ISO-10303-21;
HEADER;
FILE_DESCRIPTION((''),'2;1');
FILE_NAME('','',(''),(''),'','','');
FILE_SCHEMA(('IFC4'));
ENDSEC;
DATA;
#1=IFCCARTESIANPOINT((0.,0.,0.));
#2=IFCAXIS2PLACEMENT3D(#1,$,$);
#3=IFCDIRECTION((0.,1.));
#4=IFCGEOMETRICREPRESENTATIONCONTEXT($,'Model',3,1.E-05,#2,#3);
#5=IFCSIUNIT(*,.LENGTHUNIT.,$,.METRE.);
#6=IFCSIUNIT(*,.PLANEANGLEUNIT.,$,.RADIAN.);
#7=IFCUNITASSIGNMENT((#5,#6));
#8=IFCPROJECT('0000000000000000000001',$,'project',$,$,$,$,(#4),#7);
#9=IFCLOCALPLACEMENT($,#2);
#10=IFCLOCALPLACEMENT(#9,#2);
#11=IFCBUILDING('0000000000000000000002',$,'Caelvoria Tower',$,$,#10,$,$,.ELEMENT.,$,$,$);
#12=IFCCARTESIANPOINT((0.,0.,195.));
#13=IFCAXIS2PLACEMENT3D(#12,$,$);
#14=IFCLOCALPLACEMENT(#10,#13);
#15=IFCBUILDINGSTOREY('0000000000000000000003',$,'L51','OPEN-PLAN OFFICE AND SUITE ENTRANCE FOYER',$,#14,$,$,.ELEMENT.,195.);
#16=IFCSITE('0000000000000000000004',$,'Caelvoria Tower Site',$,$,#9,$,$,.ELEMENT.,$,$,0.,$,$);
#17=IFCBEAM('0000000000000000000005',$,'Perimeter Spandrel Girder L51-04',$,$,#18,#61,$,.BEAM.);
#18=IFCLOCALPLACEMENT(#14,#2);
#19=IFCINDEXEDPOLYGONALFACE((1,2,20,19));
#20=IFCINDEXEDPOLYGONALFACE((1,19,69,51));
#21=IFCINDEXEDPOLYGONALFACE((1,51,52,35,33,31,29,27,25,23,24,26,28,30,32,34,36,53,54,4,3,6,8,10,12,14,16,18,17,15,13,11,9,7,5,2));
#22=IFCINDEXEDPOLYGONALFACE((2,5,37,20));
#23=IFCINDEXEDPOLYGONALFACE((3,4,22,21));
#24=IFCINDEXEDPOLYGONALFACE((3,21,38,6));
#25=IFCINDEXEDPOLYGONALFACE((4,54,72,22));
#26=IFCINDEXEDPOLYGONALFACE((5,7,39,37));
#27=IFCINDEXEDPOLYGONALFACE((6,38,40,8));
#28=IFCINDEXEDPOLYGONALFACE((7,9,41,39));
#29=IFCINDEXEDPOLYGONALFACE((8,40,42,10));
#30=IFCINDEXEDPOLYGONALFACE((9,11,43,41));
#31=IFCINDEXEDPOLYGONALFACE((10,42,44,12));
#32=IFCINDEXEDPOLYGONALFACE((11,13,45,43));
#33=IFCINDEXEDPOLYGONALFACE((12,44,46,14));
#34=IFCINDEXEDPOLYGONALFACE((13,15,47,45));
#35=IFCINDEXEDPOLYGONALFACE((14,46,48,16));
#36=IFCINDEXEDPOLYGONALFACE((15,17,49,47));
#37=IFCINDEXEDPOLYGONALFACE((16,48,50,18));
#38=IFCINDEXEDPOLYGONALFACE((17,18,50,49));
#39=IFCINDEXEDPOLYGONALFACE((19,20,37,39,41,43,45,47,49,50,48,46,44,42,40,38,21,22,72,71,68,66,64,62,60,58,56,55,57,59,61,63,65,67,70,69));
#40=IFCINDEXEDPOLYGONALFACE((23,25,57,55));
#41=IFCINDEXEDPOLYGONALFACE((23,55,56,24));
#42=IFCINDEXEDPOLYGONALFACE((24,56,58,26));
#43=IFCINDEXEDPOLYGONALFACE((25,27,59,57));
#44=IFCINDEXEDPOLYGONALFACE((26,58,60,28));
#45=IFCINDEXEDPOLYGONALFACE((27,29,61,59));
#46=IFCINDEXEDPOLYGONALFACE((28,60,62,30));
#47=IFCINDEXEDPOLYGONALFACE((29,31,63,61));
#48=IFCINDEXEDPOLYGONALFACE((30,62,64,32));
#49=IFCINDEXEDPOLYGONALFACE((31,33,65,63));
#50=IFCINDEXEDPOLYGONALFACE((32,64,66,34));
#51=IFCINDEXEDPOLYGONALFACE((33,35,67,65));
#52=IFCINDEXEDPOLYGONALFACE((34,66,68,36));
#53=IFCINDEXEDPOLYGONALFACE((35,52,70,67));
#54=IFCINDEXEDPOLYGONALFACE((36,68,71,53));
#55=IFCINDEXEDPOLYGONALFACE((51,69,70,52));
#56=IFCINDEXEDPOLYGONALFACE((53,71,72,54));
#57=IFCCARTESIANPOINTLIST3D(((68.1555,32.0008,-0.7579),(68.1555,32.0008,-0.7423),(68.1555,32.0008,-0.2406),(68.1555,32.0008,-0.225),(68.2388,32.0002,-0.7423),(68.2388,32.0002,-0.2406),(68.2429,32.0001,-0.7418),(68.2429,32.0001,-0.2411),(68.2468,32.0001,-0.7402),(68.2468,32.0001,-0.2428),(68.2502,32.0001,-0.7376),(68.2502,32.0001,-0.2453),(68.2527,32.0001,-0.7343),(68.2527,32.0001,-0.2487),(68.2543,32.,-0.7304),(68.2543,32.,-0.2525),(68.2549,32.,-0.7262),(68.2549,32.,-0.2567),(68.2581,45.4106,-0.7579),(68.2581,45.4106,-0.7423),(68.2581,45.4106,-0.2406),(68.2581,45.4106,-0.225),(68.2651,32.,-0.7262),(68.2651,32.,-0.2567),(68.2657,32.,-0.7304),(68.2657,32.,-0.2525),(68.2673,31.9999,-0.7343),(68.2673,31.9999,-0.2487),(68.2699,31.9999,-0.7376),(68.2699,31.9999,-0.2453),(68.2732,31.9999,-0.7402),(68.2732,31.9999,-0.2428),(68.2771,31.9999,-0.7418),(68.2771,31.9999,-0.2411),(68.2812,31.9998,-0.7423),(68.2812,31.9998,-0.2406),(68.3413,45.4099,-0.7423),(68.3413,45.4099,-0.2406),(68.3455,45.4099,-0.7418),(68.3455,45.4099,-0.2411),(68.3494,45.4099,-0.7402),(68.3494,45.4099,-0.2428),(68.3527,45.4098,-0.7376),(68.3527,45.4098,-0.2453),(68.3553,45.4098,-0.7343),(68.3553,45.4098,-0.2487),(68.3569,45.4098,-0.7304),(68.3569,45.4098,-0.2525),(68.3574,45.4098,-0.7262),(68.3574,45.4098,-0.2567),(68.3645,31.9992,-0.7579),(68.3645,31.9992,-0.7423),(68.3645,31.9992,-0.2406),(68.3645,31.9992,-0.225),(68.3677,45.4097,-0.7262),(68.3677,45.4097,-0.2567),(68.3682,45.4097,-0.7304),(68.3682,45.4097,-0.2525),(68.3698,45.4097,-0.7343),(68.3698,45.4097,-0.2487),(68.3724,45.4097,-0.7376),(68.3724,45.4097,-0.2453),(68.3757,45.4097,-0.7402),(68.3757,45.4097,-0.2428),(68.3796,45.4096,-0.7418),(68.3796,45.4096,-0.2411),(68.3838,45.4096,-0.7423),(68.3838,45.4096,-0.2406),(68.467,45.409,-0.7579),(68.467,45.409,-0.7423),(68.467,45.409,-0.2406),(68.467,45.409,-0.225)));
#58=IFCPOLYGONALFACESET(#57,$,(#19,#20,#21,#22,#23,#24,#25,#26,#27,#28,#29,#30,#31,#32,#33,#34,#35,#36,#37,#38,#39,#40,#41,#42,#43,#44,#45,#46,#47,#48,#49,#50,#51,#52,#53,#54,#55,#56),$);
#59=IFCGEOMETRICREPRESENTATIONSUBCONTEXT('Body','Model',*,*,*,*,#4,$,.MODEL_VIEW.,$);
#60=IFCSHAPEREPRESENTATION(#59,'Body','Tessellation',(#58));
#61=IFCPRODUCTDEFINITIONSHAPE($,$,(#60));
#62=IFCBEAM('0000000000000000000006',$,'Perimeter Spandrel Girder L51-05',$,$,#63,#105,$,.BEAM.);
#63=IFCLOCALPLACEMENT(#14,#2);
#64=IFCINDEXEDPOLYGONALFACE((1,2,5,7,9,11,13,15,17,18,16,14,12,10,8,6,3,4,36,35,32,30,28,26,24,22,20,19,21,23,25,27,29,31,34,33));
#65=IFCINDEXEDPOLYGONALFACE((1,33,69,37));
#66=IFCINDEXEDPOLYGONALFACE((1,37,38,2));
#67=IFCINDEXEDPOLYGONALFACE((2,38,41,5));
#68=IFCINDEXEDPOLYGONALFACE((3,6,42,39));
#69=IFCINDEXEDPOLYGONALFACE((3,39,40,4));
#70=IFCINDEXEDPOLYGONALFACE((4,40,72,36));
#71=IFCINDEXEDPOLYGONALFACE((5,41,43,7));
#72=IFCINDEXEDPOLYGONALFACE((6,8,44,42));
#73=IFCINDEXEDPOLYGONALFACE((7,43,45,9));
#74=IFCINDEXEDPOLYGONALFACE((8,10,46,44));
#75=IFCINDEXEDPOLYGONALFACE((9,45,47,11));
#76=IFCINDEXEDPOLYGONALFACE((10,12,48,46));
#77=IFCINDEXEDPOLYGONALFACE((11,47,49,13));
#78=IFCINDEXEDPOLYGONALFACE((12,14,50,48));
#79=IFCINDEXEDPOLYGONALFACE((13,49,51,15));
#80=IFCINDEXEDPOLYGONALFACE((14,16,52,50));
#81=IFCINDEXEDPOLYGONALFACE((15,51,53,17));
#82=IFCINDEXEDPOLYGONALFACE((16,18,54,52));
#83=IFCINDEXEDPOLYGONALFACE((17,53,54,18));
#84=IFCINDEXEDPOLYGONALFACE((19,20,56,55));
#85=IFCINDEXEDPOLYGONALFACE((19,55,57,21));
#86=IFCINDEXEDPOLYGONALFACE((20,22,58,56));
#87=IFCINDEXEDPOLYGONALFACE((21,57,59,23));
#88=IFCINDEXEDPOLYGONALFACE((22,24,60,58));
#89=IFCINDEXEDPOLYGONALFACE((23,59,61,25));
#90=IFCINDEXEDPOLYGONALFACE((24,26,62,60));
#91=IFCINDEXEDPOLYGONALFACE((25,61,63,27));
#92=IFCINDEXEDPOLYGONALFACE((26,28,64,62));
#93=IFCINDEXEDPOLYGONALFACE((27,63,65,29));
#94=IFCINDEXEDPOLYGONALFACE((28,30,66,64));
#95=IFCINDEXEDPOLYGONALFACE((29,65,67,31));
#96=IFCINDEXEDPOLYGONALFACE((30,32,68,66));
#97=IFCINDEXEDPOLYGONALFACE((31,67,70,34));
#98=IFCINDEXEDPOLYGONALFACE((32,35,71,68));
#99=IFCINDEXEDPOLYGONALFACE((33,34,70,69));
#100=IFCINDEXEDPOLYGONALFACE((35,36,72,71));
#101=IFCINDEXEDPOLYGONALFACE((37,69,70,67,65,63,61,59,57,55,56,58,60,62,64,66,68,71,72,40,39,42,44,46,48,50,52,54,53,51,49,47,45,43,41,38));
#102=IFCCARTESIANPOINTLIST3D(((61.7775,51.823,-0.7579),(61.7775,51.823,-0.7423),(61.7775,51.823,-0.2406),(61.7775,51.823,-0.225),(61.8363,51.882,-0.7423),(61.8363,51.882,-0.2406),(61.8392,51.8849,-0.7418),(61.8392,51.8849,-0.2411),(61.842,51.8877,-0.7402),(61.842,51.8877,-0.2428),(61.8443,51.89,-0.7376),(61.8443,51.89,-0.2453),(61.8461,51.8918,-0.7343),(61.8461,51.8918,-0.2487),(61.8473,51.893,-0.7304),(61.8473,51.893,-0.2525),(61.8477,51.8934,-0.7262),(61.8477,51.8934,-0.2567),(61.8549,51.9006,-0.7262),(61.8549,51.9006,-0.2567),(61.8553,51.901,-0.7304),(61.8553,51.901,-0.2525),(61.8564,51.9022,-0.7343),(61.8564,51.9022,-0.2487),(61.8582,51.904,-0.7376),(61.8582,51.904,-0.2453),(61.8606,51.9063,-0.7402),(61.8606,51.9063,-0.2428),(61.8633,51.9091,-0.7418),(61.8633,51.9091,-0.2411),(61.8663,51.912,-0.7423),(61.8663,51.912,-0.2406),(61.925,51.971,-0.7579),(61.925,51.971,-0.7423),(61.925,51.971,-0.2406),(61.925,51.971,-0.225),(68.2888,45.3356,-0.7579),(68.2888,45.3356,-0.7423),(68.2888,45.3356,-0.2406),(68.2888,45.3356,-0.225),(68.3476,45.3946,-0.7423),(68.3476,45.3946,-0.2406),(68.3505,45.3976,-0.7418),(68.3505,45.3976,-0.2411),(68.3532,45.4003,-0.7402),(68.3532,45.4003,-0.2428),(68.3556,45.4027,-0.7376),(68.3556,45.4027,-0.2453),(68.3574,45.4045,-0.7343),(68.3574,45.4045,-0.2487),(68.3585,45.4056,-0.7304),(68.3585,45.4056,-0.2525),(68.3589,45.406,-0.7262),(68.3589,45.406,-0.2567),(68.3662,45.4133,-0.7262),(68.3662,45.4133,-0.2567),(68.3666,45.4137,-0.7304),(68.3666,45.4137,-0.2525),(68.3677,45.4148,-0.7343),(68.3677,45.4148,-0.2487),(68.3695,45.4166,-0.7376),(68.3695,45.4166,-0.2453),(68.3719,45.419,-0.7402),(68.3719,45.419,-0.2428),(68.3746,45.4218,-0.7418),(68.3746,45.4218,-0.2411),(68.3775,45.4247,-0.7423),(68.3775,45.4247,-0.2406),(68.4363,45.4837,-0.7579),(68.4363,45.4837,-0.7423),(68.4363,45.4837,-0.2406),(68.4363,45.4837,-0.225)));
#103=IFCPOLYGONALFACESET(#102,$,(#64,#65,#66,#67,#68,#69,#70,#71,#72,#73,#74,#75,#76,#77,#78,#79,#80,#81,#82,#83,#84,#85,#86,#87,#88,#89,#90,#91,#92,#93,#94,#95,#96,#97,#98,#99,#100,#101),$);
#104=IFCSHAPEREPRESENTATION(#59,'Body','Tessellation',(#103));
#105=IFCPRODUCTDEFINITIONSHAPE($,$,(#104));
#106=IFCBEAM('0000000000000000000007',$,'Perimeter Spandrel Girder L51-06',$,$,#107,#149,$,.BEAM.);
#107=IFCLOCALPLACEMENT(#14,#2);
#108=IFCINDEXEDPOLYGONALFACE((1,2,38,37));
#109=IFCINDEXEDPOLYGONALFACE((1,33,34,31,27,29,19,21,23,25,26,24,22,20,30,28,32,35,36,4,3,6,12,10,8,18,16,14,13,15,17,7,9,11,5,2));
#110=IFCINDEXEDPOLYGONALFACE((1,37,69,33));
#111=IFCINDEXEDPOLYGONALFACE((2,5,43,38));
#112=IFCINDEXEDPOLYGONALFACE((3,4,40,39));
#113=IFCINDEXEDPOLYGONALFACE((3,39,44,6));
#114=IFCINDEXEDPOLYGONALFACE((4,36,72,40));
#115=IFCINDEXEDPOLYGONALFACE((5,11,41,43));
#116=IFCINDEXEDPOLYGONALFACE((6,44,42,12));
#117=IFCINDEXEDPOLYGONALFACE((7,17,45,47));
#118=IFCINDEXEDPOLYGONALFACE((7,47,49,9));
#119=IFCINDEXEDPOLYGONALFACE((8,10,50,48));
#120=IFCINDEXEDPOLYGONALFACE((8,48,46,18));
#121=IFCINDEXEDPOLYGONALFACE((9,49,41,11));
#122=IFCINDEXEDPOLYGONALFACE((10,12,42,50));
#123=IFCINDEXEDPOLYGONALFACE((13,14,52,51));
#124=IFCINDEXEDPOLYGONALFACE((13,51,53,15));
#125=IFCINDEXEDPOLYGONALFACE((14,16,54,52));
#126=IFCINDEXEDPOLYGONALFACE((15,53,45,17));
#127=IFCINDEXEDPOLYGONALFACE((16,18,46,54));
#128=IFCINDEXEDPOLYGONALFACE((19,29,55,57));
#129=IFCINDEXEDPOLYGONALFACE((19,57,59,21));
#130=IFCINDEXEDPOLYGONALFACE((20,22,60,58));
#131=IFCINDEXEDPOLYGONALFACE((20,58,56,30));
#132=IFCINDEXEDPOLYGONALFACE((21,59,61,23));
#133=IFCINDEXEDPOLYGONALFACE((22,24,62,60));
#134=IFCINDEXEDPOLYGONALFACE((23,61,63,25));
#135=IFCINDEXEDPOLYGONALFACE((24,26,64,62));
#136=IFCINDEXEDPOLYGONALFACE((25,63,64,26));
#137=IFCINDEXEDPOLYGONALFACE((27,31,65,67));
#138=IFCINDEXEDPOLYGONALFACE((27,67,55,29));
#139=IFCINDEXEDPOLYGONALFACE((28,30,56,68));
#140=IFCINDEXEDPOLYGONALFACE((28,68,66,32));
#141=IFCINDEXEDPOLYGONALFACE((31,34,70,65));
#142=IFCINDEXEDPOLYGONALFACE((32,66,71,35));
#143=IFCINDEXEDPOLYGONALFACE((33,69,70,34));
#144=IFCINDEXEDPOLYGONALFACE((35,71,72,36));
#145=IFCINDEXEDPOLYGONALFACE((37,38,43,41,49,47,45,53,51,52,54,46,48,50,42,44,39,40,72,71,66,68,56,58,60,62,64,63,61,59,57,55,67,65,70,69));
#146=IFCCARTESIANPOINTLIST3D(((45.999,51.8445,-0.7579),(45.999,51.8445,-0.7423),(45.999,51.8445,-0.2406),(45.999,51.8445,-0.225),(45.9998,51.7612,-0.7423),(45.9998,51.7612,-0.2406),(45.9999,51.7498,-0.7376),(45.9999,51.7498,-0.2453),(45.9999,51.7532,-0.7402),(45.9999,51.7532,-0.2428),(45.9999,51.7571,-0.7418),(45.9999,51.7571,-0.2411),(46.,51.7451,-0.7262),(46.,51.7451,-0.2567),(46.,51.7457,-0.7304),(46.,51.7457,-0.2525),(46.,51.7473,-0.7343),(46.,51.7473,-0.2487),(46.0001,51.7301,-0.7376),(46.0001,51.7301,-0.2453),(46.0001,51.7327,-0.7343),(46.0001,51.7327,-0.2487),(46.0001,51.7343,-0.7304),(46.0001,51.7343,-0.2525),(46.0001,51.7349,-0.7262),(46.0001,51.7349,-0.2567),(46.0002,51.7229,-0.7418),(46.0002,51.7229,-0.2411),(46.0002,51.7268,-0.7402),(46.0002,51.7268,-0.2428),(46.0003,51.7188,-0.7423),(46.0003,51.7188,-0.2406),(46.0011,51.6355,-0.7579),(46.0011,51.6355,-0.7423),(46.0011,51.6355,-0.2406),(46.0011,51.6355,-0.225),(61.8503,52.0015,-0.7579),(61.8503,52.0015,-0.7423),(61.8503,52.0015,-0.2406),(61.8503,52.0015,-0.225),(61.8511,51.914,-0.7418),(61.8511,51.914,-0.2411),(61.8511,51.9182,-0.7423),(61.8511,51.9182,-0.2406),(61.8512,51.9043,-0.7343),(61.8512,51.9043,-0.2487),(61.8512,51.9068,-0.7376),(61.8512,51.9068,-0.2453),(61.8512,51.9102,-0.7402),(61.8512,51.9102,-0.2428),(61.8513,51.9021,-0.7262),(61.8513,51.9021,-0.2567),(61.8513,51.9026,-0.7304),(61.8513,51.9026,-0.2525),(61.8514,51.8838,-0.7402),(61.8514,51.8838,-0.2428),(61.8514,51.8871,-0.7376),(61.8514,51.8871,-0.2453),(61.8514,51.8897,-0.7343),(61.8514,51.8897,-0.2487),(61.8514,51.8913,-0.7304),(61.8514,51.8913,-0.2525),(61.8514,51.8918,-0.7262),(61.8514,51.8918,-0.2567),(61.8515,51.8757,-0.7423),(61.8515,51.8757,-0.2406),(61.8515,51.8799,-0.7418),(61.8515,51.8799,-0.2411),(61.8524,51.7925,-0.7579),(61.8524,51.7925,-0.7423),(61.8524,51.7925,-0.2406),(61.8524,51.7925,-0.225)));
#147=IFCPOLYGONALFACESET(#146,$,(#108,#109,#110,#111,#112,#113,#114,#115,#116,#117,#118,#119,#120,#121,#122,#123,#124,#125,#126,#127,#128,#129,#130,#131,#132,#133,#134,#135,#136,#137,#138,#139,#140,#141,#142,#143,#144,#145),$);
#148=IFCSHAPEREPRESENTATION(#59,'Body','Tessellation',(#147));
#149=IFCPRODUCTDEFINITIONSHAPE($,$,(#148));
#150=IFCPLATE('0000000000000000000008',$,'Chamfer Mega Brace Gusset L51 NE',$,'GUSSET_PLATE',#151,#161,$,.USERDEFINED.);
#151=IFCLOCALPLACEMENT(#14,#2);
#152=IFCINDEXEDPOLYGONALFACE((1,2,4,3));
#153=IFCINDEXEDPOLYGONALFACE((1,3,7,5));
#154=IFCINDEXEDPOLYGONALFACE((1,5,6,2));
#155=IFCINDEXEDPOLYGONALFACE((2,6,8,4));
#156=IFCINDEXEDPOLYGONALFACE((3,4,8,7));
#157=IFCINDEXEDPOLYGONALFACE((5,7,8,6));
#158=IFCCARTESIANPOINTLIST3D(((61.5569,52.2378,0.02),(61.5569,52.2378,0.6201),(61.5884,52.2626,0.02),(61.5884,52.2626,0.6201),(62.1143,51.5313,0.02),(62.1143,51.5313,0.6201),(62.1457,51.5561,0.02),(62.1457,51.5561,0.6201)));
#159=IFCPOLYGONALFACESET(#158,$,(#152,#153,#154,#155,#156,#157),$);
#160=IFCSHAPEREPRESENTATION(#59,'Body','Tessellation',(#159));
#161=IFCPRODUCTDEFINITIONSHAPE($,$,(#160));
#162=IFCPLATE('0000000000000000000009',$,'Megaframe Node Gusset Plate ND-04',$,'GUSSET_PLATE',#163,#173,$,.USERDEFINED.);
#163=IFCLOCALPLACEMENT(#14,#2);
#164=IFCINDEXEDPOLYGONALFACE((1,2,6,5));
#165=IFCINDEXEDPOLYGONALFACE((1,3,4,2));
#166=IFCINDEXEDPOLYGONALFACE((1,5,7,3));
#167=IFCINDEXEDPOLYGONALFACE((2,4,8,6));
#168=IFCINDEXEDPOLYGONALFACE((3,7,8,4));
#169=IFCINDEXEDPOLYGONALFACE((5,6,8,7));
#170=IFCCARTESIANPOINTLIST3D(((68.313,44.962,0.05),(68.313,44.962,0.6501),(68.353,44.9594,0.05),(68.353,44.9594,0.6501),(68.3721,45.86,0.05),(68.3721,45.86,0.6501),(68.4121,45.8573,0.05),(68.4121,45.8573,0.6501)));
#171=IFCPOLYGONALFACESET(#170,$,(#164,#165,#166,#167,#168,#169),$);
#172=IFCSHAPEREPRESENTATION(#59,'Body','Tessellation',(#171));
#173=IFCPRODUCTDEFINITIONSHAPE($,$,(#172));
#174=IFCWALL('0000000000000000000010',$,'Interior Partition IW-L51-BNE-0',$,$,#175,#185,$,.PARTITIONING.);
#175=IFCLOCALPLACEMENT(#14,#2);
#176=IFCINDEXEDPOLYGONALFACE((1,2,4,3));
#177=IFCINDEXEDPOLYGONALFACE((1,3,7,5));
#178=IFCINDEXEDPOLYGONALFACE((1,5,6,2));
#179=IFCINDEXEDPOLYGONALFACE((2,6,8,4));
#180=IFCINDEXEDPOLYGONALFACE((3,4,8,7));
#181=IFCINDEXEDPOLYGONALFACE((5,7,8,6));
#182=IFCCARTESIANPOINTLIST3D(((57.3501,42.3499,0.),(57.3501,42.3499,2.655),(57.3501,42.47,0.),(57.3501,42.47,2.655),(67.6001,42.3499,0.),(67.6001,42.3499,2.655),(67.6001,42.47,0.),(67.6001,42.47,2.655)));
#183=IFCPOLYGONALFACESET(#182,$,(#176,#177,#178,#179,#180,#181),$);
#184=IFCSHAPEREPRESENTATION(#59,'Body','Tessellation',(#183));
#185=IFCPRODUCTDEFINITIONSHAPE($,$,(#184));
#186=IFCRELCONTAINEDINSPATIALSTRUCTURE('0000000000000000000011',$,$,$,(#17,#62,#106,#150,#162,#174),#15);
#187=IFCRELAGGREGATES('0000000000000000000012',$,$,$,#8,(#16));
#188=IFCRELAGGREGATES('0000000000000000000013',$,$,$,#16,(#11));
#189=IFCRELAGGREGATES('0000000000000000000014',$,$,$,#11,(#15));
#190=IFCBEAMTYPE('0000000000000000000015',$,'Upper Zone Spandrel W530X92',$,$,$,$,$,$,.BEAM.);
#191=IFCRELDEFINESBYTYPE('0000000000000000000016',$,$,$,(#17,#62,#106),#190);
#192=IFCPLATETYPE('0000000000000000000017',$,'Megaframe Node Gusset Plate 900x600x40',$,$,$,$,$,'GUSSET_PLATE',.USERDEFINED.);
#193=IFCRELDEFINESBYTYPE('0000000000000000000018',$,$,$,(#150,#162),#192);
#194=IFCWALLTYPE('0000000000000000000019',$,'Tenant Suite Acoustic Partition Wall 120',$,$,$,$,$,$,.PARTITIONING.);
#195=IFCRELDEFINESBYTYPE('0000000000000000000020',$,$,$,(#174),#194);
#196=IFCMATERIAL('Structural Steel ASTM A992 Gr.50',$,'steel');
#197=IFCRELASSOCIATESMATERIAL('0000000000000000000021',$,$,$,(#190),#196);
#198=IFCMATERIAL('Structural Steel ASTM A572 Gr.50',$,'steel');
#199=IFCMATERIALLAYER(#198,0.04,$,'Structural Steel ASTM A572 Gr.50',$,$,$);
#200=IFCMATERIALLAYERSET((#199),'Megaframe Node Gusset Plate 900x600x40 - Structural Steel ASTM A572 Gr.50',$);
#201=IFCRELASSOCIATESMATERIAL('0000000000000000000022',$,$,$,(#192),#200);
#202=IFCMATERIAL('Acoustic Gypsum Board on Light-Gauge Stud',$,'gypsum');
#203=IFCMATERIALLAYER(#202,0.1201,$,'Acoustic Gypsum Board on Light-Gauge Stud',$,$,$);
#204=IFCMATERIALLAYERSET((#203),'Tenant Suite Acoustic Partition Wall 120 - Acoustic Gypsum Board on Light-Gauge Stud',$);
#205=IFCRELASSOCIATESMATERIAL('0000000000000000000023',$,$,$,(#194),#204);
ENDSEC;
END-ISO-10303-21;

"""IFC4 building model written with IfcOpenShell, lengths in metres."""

from ifc_helpers import new_model, si_unit, direction, frame, frame_2d, origin, origin_2d, place, context, subcontext, project, spatial, rectangle, i_section, extrude, material, layer, layer_set, material_profile, profile_set, type_object, element, save


model = new_model("IFC4")

# Units and contexts
model_context = context("Model", 3, precision=1e-05, world=origin(), true_north=direction((0.0, 1.0)))
body_context = subcontext(model_context, "Body", "Model", "MODEL_VIEW")
ifc_project = project(units=[si_unit("LENGTHUNIT", "METRE"), si_unit("PLANEANGLEUNIT", "RADIAN")], contexts=[model_context])

# Site, building, storey
site_placement = place(None, origin())
site = spatial("IfcSite", under=ifc_project, at=site_placement, Name="Caelvoria Tower Site", CompositionType="ELEMENT", RefElevation=0.0)
building_placement = place(site_placement, origin())
building = spatial("IfcBuilding", under=site, at=building_placement, Name="Caelvoria Tower", CompositionType="ELEMENT")
storey_placement = place(building_placement, frame((0.0, 0.0, 195.0)))
storey = spatial("IfcBuildingStorey", under=building, at=storey_placement, Name="L51", Description="OPEN-PLAN OFFICE AND SUITE ENTRANCE FOYER", CompositionType="ELEMENT", Elevation=195.0)

# Shared definitions
ifc_material_1 = material(Name="Structural Steel ASTM A572 Gr.50", Category="steel")
ifc_material_2 = material(Name="Structural Steel ASTM A992 Gr.50", Category="steel")

# Beams
ifc_material_profile_1 = material_profile(ifc_material_2, i_section(OverallWidth=0.209, OverallDepth=0.533, WebThickness=0.0103, FlangeThickness=0.0156, FilletRadius=0.0161, at=origin_2d()), Name="Structural Steel ASTM A992 Gr.50")
ifc_profile_set_1 = profile_set([ifc_material_profile_1], Name="W530X92 - Structural Steel ASTM A992 Gr.50")
beam_type_1 = type_object("IfcBeamType", Name="Upper Zone Spandrel W530X92", PredefinedType="BEAM", material=ifc_profile_set_1)
beam_1_placement = place(storey_placement, frame((68.26, 32.0, -0.4915), z_axis=(0.007646, 0.999971, 0.0), x_axis=(-0.999971, 0.007646, 0.0)))
element("IfcBeam", 1, at=beam_1_placement, inside=storey, type_object=beam_type_1, Name="Perimeter Spandrel Girder L51-04", PredefinedType="BEAM", context=body_context, shape_type="SweptSolid", body=[
    extrude(i_section(OverallWidth=0.209, OverallDepth=0.533, WebThickness=0.0103, FlangeThickness=0.0156, FilletRadius=0.0161, at=origin_2d()), origin(), (0.0, 0.0, 1.0), 13.4102),
])
beam_2_placement = place(storey_placement, frame((68.3625, 45.4097, -0.4915), z_axis=(-0.708407, 0.705804, 0.0), x_axis=(-0.705804, -0.708407, 0.0)))
element("IfcBeam", 2, at=beam_2_placement, inside=storey, type_object=beam_type_1, Name="Perimeter Spandrel Girder L51-05", PredefinedType="BEAM", context=body_context, shape_type="SweptSolid", body=[
    extrude(i_section(OverallWidth=0.209, OverallDepth=0.533, WebThickness=0.0103, FlangeThickness=0.0156, FilletRadius=0.0161, at=origin_2d()), origin(), (0.0, 0.0, 1.0), 9.1914),
])
beam_3_placement = place(storey_placement, frame((61.8513, 51.897, -0.4915), z_axis=(-0.999951, -0.009903, 0.0), x_axis=(0.009903, -0.999951, 0.0)))
element("IfcBeam", 3, at=beam_3_placement, inside=storey, type_object=beam_type_1, Name="Perimeter Spandrel Girder L51-06", PredefinedType="BEAM", context=body_context, shape_type="SweptSolid", body=[
    extrude(i_section(OverallWidth=0.209, OverallDepth=0.533, WebThickness=0.0103, FlangeThickness=0.0156, FilletRadius=0.0161, at=origin_2d()), origin(), (0.0, 0.0, 1.0), 15.8521),
])

# Plates
ifc_layer_1 = layer(ifc_material_1, 0.04, Name="Structural Steel ASTM A572 Gr.50")
ifc_layer_set_1 = layer_set([ifc_layer_1], Name="Megaframe Node Gusset Plate 900x600x40 - Structural Steel ASTM A572 Gr.50")
plate_type = type_object("IfcPlateType", Name="Megaframe Node Gusset Plate 900x600x40", ElementType="GUSSET_PLATE", PredefinedType="USERDEFINED", material=ifc_layer_set_1)
for number, where, z_axis, x_axis, name in (
    (4, (61.8513, 51.897, 0.02), (0.0, 0.0, 1.0), (0.619323, -0.785136, 0.0), "Chamfer Mega Brace Gusset L51 NE"),
    (5, (68.3625, 45.4097, 0.05), (0.0, 0.0, 1.0), (-0.065668, -0.997842, 0.0), "Megaframe Node Gusset Plate ND-04"),
):
    element("IfcPlate", number, at=place(storey_placement, frame(where, z_axis=z_axis, x_axis=x_axis)), inside=storey, type_object=plate_type, Name=name, ObjectType="GUSSET_PLATE", PredefinedType="USERDEFINED", context=body_context, shape_type="SweptSolid", body=[
        extrude(rectangle(XDim=0.8999, YDim=0.04, at=origin_2d()), origin(), (0.0, 0.0, 1.0), 0.6001),
    ])

# Wall
ifc_material_3 = material(Name="Acoustic Gypsum Board on Light-Gauge Stud", Category="gypsum")
ifc_layer_2 = layer(ifc_material_3, 0.1201, Name="Acoustic Gypsum Board on Light-Gauge Stud")
ifc_layer_set_2 = layer_set([ifc_layer_2], Name="Tenant Suite Acoustic Partition Wall 120 - Acoustic Gypsum Board on Light-Gauge Stud")
wall_type_1 = type_object("IfcWallType", Name="Tenant Suite Acoustic Partition Wall 120", PredefinedType="PARTITIONING", material=ifc_layer_set_2)
wall_1_placement = place(storey_placement, frame((57.3501, 42.4099, 0.0), z_axis=(0.0, 0.0, 1.0), x_axis=(1.0, 0.0, 0.0)))
element("IfcWall", 6, at=wall_1_placement, inside=storey, type_object=wall_type_1, Name="Interior Partition IW-L51-BNE-0", PredefinedType="PARTITIONING", context=body_context, shape_type="SweptSolid", body=[
    extrude(rectangle(XDim=10.25, YDim=0.1201, at=frame_2d((5.125, 0.0))), origin(), (0.0, 0.0, 1.0), 2.655),
])

save(model, "model.ifc")
